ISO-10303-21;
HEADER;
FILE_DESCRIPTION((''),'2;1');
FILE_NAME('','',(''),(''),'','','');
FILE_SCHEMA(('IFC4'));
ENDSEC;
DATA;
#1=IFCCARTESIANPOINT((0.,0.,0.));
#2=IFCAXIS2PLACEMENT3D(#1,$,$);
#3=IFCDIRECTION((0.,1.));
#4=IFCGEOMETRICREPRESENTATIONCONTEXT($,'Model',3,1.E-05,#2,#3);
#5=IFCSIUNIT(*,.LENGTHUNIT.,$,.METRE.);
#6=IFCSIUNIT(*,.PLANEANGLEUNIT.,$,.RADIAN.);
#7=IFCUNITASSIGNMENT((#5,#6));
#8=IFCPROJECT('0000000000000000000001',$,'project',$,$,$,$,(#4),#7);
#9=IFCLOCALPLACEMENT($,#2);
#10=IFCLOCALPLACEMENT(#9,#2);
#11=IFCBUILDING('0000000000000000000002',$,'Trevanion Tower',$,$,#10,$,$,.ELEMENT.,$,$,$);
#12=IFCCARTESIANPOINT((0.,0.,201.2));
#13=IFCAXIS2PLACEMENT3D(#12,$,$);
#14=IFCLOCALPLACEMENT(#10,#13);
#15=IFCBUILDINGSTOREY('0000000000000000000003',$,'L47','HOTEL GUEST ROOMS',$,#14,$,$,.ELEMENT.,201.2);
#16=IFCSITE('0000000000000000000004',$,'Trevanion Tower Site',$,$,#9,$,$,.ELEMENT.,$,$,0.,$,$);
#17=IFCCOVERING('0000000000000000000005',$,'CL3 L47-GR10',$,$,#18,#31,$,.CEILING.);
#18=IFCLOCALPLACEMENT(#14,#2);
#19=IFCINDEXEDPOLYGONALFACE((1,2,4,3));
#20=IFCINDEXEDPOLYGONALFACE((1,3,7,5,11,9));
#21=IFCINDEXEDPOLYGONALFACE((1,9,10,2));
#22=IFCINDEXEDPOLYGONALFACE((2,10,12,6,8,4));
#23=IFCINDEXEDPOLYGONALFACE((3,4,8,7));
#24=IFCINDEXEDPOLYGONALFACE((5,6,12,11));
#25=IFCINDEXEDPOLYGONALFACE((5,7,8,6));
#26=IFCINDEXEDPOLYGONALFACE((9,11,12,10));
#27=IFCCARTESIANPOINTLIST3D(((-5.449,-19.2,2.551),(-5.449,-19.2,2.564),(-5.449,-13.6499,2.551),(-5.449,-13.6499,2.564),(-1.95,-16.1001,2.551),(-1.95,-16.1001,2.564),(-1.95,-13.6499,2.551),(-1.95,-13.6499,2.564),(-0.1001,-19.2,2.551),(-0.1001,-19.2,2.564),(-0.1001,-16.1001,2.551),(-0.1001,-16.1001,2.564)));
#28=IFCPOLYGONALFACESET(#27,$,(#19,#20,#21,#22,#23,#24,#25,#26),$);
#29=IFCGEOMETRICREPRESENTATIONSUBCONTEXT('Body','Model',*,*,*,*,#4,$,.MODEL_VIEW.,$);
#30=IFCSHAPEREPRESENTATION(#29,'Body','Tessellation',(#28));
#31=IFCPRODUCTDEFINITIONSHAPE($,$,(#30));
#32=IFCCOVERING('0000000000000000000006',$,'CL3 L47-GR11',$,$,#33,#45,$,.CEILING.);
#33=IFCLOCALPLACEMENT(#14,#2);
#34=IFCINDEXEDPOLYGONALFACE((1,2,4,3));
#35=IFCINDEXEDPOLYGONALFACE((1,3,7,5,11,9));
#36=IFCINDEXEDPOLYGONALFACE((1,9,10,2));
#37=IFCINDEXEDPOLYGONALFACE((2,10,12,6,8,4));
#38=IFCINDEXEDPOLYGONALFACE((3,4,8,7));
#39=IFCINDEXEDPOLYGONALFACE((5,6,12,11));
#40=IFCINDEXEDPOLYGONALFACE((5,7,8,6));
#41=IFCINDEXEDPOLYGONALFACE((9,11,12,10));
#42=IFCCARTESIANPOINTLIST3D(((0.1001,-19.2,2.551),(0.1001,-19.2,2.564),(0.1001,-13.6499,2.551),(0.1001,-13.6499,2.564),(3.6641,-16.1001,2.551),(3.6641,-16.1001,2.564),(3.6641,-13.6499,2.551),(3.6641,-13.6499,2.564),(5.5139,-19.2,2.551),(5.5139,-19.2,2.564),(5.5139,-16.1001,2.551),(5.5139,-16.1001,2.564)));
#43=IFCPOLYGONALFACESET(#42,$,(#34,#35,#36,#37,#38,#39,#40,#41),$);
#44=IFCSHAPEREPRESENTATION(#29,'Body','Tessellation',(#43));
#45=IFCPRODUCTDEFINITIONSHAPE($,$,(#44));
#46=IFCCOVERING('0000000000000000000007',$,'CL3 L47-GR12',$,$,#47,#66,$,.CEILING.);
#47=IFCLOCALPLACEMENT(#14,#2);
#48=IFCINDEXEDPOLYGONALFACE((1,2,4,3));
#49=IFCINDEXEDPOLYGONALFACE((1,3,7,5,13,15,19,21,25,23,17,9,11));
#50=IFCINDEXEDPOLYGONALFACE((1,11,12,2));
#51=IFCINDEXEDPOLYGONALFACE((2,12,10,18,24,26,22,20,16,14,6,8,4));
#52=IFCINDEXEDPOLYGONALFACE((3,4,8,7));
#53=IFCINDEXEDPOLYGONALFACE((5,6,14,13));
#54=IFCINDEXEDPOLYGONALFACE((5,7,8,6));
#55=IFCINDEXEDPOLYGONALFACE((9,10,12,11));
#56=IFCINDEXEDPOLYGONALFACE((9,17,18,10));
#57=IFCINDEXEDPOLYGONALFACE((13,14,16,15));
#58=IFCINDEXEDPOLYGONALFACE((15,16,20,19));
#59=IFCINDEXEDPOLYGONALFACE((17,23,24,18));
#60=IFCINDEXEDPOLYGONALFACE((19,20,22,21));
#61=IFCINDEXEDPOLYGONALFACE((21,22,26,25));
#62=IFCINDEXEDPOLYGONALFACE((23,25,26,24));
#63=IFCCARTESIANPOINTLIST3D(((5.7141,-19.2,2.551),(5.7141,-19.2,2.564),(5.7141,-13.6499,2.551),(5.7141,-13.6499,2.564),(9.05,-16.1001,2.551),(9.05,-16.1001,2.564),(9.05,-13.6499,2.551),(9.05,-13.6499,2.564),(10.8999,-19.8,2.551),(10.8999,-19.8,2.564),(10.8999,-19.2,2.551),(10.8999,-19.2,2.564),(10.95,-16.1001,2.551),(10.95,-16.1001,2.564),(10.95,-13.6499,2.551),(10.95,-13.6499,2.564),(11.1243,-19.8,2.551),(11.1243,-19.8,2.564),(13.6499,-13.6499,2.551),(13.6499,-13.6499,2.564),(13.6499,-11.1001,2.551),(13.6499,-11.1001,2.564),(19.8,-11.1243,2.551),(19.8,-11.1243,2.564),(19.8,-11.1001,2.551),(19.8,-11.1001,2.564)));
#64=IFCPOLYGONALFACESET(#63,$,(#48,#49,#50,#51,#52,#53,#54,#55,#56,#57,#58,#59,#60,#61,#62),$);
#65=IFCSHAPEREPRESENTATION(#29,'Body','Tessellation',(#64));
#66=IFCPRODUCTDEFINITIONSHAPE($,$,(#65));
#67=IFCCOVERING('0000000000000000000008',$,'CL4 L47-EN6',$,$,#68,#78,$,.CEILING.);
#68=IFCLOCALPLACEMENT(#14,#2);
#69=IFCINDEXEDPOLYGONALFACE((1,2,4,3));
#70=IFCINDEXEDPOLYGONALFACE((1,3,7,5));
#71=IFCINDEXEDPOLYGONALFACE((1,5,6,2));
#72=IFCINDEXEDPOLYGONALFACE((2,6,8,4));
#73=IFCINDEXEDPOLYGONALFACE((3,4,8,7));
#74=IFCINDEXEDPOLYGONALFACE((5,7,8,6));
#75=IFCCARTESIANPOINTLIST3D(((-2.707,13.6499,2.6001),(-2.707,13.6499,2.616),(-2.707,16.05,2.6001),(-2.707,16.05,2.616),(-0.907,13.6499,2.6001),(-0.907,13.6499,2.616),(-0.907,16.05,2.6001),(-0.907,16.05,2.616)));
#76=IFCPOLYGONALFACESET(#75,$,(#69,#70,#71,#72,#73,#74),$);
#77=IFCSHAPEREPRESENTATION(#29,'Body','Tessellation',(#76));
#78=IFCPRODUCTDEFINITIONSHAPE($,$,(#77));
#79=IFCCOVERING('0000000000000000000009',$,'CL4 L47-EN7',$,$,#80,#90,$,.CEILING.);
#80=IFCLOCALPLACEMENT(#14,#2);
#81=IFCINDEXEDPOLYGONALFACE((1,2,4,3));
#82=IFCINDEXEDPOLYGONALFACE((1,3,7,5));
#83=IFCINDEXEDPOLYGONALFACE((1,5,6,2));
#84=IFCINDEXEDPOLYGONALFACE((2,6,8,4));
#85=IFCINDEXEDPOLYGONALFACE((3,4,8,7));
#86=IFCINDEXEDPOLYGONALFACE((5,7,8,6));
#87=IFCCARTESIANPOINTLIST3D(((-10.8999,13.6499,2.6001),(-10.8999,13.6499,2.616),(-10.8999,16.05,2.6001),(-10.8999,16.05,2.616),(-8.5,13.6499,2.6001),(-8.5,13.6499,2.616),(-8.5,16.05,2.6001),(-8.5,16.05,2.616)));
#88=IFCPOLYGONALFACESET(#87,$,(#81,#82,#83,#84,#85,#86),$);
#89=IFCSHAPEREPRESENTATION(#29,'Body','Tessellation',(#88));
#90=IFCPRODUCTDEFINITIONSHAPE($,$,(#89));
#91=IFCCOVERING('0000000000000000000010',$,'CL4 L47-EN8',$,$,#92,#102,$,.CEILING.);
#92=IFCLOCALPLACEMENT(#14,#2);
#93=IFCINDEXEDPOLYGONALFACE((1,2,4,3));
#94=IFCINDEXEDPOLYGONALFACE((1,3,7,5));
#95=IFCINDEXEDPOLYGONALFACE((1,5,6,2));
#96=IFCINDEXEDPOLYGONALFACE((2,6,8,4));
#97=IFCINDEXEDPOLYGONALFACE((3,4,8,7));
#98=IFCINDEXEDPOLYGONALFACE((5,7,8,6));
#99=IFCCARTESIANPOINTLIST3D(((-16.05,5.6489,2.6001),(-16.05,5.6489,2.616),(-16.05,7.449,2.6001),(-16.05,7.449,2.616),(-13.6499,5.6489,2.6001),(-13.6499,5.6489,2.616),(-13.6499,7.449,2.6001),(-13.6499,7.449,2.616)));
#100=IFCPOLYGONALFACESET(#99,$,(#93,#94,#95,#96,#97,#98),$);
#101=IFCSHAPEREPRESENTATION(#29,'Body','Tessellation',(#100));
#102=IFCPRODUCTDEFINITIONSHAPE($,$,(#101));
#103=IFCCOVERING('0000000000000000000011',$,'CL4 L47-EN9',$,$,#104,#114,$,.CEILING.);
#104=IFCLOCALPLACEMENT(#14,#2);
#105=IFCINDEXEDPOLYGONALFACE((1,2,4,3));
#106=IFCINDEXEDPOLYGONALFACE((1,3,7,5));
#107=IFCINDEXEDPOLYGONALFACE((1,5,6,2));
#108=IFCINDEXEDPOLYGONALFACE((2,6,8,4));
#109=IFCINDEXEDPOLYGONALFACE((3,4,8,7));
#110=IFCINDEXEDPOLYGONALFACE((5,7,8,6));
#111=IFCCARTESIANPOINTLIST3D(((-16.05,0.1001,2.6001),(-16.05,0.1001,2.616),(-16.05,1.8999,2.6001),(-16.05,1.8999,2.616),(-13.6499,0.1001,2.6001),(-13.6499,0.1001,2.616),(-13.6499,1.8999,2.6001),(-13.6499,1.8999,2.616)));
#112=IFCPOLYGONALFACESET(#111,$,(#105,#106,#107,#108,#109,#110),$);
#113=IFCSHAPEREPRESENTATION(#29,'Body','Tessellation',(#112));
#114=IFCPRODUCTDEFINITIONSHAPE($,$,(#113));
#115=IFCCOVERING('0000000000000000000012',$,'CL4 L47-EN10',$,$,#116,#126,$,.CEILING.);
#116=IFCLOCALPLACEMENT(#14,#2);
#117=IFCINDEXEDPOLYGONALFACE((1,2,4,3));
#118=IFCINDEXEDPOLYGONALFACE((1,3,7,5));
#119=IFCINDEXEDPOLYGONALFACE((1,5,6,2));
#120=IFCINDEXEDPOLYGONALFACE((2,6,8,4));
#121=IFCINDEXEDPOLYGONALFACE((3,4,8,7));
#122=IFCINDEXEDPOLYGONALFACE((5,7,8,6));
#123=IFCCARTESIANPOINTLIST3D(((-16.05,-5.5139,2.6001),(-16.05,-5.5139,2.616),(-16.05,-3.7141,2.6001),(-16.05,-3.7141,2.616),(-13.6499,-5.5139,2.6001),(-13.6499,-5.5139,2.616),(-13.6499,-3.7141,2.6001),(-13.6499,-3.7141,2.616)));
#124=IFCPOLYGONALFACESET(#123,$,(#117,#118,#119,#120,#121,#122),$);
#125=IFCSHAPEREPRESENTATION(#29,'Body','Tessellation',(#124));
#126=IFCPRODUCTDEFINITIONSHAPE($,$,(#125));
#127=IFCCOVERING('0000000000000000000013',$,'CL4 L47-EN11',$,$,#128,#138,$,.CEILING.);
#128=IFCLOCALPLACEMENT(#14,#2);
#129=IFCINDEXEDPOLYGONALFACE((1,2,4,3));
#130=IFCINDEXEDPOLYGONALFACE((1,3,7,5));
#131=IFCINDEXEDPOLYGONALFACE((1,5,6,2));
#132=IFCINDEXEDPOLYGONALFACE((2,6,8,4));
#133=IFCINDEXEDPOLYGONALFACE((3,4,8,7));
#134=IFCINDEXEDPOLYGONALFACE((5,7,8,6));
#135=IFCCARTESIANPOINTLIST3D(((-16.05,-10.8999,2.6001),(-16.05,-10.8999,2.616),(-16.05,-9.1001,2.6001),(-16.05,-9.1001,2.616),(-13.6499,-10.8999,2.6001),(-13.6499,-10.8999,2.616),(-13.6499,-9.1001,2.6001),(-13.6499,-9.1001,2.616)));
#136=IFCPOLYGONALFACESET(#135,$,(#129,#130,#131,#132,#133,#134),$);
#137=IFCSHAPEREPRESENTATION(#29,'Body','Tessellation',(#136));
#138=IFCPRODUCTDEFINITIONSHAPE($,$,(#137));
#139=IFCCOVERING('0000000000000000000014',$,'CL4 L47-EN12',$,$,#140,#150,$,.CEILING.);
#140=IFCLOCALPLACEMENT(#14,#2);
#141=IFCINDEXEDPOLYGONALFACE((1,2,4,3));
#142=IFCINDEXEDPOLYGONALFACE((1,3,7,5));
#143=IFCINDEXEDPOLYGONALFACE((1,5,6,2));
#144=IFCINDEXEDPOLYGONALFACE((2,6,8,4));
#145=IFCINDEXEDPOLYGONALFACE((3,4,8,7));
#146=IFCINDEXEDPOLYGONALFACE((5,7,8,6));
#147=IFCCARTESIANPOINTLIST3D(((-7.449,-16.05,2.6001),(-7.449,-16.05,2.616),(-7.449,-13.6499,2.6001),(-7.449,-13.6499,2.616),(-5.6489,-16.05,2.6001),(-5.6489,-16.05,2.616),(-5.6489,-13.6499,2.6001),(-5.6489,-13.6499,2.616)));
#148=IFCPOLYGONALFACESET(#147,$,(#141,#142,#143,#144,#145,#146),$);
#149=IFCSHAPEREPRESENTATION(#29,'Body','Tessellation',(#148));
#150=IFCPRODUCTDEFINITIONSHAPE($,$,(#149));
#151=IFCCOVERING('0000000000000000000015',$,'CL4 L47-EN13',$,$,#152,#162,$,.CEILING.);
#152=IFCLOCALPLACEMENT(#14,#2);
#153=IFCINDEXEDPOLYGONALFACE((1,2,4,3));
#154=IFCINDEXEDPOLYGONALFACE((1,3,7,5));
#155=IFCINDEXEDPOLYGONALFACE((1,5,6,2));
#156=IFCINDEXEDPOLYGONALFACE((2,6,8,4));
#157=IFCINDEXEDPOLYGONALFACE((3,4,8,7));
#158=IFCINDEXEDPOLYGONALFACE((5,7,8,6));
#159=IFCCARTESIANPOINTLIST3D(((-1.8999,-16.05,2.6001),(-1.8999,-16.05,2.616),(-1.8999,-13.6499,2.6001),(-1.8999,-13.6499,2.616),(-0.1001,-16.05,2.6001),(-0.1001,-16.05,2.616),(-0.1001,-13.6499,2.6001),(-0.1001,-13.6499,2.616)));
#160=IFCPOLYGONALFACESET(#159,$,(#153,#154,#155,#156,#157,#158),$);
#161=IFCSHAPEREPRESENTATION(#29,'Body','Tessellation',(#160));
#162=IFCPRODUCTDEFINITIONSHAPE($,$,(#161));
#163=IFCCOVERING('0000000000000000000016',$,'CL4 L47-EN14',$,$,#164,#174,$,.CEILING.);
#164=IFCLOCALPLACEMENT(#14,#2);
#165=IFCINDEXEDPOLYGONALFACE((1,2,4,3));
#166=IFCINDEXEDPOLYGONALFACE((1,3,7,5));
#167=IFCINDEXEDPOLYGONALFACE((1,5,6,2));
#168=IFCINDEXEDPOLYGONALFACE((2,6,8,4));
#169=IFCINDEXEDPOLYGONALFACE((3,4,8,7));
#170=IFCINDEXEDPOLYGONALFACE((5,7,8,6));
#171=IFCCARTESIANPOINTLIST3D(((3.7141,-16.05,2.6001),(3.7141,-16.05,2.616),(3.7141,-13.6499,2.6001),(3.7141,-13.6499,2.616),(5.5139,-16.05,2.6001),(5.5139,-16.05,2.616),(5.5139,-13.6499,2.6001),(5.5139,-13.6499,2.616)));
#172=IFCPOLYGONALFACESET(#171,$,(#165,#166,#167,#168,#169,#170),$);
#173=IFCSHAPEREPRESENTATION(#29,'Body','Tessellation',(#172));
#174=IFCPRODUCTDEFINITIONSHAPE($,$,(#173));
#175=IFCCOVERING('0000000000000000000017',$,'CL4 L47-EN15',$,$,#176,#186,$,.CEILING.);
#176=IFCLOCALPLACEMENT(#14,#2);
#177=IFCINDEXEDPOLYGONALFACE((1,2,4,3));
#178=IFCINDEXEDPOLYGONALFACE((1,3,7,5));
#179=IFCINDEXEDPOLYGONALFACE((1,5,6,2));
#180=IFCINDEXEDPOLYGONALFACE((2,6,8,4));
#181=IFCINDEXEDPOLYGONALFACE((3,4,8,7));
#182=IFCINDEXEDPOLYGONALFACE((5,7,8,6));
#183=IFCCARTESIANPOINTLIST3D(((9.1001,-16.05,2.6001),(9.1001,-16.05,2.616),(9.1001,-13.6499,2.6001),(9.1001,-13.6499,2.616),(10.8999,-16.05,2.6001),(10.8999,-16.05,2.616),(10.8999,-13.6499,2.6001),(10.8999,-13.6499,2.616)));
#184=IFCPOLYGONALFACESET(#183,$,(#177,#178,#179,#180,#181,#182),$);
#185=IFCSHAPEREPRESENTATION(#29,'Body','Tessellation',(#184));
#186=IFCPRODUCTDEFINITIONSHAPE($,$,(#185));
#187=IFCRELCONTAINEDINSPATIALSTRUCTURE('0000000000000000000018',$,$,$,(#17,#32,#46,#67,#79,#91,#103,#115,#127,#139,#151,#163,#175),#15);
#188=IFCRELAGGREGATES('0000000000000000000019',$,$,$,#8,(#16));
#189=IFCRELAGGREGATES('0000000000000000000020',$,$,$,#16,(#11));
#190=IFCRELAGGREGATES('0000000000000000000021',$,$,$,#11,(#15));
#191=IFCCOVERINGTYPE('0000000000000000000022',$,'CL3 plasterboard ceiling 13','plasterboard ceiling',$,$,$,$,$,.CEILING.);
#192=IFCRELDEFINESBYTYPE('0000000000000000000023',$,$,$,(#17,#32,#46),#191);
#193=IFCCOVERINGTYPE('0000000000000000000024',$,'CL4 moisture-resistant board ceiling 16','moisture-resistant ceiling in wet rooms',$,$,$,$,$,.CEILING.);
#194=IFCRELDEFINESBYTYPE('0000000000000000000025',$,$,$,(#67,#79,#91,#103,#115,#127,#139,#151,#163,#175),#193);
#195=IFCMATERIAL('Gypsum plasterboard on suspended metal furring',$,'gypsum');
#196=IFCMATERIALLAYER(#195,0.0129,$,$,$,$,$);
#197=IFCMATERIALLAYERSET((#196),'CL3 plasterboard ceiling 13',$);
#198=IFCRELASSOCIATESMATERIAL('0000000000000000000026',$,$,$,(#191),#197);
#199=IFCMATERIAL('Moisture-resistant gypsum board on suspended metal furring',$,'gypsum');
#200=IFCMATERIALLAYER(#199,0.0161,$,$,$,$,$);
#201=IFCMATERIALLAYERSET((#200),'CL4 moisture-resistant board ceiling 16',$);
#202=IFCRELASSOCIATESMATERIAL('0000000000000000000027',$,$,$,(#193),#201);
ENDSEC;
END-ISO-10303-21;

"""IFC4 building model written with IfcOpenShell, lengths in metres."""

from ifc_helpers import new_model, si_unit, direction, frame, origin, place, context, subcontext, project, spatial, polyline, outline, extrude, material, layer, layer_set, type_object, element, save


model = new_model("IFC4")

# Units and contexts
model_context = context("Model", 3, precision=1e-05, world=origin(), true_north=direction((0.0, 1.0)))
body_context = subcontext(model_context, "Body", "Model", "MODEL_VIEW")
ifc_project = project(units=[si_unit("LENGTHUNIT", "METRE"), si_unit("PLANEANGLEUNIT", "RADIAN")], contexts=[model_context])

# Site, building, storey
site_placement = place(None, origin())
site = spatial("IfcSite", under=ifc_project, at=site_placement, Name="Trevanion Tower Site", CompositionType="ELEMENT", RefElevation=0.0)
building_placement = place(site_placement, origin())
building = spatial("IfcBuilding", under=site, at=building_placement, Name="Trevanion Tower", CompositionType="ELEMENT")
storey_placement = place(building_placement, frame((0.0, 0.0, 201.2)))
storey = spatial("IfcBuildingStorey", under=building, at=storey_placement, Name="L47", Description="HOTEL GUEST ROOMS", CompositionType="ELEMENT", Elevation=201.2)

# Coverings
ifc_material_1 = material(Name="Gypsum plasterboard on suspended metal furring", Category="gypsum")
ifc_layer_1 = layer(ifc_material_1, 0.0129)
ifc_layer_set_1 = layer_set([ifc_layer_1], Name="CL3 plasterboard ceiling 13")
covering_type_1 = type_object("IfcCoveringType", Name="CL3 plasterboard ceiling 13", Description="plasterboard ceiling", PredefinedType="CEILING", material=ifc_layer_set_1)
covering_1_placement = place(storey_placement, frame((0.0, 0.0, 2.551)))
element("IfcCovering", 1, at=covering_1_placement, inside=storey, type_object=covering_type_1, Name="CL3 L47-GR10", PredefinedType="CEILING", context=body_context, shape_type="SweptSolid", body=[
    extrude(outline(polyline([(-1.95, -13.6499), (-1.95, -16.1001), (-0.1001, -16.1001), (-0.1001, -19.2), (-5.449, -19.2), (-5.449, -13.6499), (-1.95, -13.6499)])), origin(), (0.0, 0.0, 1.0), 0.0129),
])
covering_2_placement = place(storey_placement, frame((0.0, 0.0, 2.551)))
element("IfcCovering", 2, at=covering_2_placement, inside=storey, type_object=covering_type_1, Name="CL3 L47-GR11", PredefinedType="CEILING", context=body_context, shape_type="SweptSolid", body=[
    extrude(outline(polyline([(3.6641, -13.6499), (3.6641, -16.1001), (5.5139, -16.1001), (5.5139, -19.2), (0.1001, -19.2), (0.1001, -13.6499), (3.6641, -13.6499)])), origin(), (0.0, 0.0, 1.0), 0.0129),
])
covering_3_placement = place(storey_placement, frame((0.0, 0.0, 2.551)))
element("IfcCovering", 3, at=covering_3_placement, inside=storey, type_object=covering_type_1, Name="CL3 L47-GR12", PredefinedType="CEILING", context=body_context, shape_type="SweptSolid", body=[
    extrude(outline(polyline([(13.6499, -11.1001), (19.8, -11.1001), (19.8, -11.1243), (11.1243, -19.8), (10.8999, -19.8), (10.8999, -19.2), (5.7141, -19.2), (5.7141, -13.6499), (9.05, -13.6499), (9.05, -16.1001), (10.95, -16.1001), (10.95, -13.6499), (13.6499, -13.6499), (13.6499, -11.1001)])), origin(), (0.0, 0.0, 1.0), 0.0129),
])
ifc_material_2 = material(Name="Moisture-resistant gypsum board on suspended metal furring", Category="gypsum")
ifc_layer_2 = layer(ifc_material_2, 0.0161)
ifc_layer_set_2 = layer_set([ifc_layer_2], Name="CL4 moisture-resistant board ceiling 16")
covering_type_2 = type_object("IfcCoveringType", Name="CL4 moisture-resistant board ceiling 16", Description="moisture-resistant ceiling in wet rooms", PredefinedType="CEILING", material=ifc_layer_set_2)
covering_4_placement = place(storey_placement, frame((0.0, 0.0, 2.6001)))
element("IfcCovering", 4, at=covering_4_placement, inside=storey, type_object=covering_type_2, Name="CL4 L47-EN6", PredefinedType="CEILING", context=body_context, shape_type="SweptSolid", body=[
    extrude(outline(polyline([(-0.907, 16.05), (-2.707, 16.05), (-2.707, 13.6499), (-0.907, 13.6499), (-0.907, 16.05)])), origin(), (0.0, 0.0, 1.0), 0.0159),
])
covering_5_placement = place(storey_placement, frame((0.0, 0.0, 2.6001)))
element("IfcCovering", 5, at=covering_5_placement, inside=storey, type_object=covering_type_2, Name="CL4 L47-EN7", PredefinedType="CEILING", context=body_context, shape_type="SweptSolid", body=[
    extrude(outline(polyline([(-8.5, 16.05), (-10.8999, 16.05), (-10.8999, 13.6499), (-8.5, 13.6499), (-8.5, 16.05)])), origin(), (0.0, 0.0, 1.0), 0.0159),
])
covering_6_placement = place(storey_placement, frame((0.0, 0.0, 2.6001)))
element("IfcCovering", 6, at=covering_6_placement, inside=storey, type_object=covering_type_2, Name="CL4 L47-EN8", PredefinedType="CEILING", context=body_context, shape_type="SweptSolid", body=[
    extrude(outline(polyline([(-16.05, 7.449), (-16.05, 5.6489), (-13.6499, 5.6489), (-13.6499, 7.449), (-16.05, 7.449)])), origin(), (0.0, 0.0, 1.0), 0.0159),
])
covering_7_placement = place(storey_placement, frame((0.0, 0.0, 2.6001)))
element("IfcCovering", 7, at=covering_7_placement, inside=storey, type_object=covering_type_2, Name="CL4 L47-EN9", PredefinedType="CEILING", context=body_context, shape_type="SweptSolid", body=[
    extrude(outline(polyline([(-16.05, 1.8999), (-16.05, 0.1001), (-13.6499, 0.1001), (-13.6499, 1.8999), (-16.05, 1.8999)])), origin(), (0.0, 0.0, 1.0), 0.0159),
])
covering_8_placement = place(storey_placement, frame((0.0, 0.0, 2.6001)))
element("IfcCovering", 8, at=covering_8_placement, inside=storey, type_object=covering_type_2, Name="CL4 L47-EN10", PredefinedType="CEILING", context=body_context, shape_type="SweptSolid", body=[
    extrude(outline(polyline([(-16.05, -3.7141), (-16.05, -5.5139), (-13.6499, -5.5139), (-13.6499, -3.7141), (-16.05, -3.7141)])), origin(), (0.0, 0.0, 1.0), 0.0159),
])
covering_9_placement = place(storey_placement, frame((0.0, 0.0, 2.6001)))
element("IfcCovering", 9, at=covering_9_placement, inside=storey, type_object=covering_type_2, Name="CL4 L47-EN11", PredefinedType="CEILING", context=body_context, shape_type="SweptSolid", body=[
    extrude(outline(polyline([(-16.05, -9.1001), (-16.05, -10.8999), (-13.6499, -10.8999), (-13.6499, -9.1001), (-16.05, -9.1001)])), origin(), (0.0, 0.0, 1.0), 0.0159),
])
covering_10_placement = place(storey_placement, frame((0.0, 0.0, 2.6001)))
element("IfcCovering", 10, at=covering_10_placement, inside=storey, type_object=covering_type_2, Name="CL4 L47-EN12", PredefinedType="CEILING", context=body_context, shape_type="SweptSolid", body=[
    extrude(outline(polyline([(-7.449, -16.05), (-5.6489, -16.05), (-5.6489, -13.6499), (-7.449, -13.6499), (-7.449, -16.05)])), origin(), (0.0, 0.0, 1.0), 0.0159),
])
covering_11_placement = place(storey_placement, frame((0.0, 0.0, 2.6001)))
element("IfcCovering", 11, at=covering_11_placement, inside=storey, type_object=covering_type_2, Name="CL4 L47-EN13", PredefinedType="CEILING", context=body_context, shape_type="SweptSolid", body=[
    extrude(outline(polyline([(-1.8999, -16.05), (-0.1001, -16.05), (-0.1001, -13.6499), (-1.8999, -13.6499), (-1.8999, -16.05)])), origin(), (0.0, 0.0, 1.0), 0.0159),
])
covering_12_placement = place(storey_placement, frame((0.0, 0.0, 2.6001)))
element("IfcCovering", 12, at=covering_12_placement, inside=storey, type_object=covering_type_2, Name="CL4 L47-EN14", PredefinedType="CEILING", context=body_context, shape_type="SweptSolid", body=[
    extrude(outline(polyline([(3.7141, -16.05), (5.5139, -16.05), (5.5139, -13.6499), (3.7141, -13.6499), (3.7141, -16.05)])), origin(), (0.0, 0.0, 1.0), 0.0159),
])
covering_13_placement = place(storey_placement, frame((0.0, 0.0, 2.6001)))
element("IfcCovering", 13, at=covering_13_placement, inside=storey, type_object=covering_type_2, Name="CL4 L47-EN15", PredefinedType="CEILING", context=body_context, shape_type="SweptSolid", body=[
    extrude(outline(polyline([(9.1001, -16.05), (10.8999, -16.05), (10.8999, -13.6499), (9.1001, -13.6499), (9.1001, -16.05)])), origin(), (0.0, 0.0, 1.0), 0.0159),
])

save(model, "model.ifc")
